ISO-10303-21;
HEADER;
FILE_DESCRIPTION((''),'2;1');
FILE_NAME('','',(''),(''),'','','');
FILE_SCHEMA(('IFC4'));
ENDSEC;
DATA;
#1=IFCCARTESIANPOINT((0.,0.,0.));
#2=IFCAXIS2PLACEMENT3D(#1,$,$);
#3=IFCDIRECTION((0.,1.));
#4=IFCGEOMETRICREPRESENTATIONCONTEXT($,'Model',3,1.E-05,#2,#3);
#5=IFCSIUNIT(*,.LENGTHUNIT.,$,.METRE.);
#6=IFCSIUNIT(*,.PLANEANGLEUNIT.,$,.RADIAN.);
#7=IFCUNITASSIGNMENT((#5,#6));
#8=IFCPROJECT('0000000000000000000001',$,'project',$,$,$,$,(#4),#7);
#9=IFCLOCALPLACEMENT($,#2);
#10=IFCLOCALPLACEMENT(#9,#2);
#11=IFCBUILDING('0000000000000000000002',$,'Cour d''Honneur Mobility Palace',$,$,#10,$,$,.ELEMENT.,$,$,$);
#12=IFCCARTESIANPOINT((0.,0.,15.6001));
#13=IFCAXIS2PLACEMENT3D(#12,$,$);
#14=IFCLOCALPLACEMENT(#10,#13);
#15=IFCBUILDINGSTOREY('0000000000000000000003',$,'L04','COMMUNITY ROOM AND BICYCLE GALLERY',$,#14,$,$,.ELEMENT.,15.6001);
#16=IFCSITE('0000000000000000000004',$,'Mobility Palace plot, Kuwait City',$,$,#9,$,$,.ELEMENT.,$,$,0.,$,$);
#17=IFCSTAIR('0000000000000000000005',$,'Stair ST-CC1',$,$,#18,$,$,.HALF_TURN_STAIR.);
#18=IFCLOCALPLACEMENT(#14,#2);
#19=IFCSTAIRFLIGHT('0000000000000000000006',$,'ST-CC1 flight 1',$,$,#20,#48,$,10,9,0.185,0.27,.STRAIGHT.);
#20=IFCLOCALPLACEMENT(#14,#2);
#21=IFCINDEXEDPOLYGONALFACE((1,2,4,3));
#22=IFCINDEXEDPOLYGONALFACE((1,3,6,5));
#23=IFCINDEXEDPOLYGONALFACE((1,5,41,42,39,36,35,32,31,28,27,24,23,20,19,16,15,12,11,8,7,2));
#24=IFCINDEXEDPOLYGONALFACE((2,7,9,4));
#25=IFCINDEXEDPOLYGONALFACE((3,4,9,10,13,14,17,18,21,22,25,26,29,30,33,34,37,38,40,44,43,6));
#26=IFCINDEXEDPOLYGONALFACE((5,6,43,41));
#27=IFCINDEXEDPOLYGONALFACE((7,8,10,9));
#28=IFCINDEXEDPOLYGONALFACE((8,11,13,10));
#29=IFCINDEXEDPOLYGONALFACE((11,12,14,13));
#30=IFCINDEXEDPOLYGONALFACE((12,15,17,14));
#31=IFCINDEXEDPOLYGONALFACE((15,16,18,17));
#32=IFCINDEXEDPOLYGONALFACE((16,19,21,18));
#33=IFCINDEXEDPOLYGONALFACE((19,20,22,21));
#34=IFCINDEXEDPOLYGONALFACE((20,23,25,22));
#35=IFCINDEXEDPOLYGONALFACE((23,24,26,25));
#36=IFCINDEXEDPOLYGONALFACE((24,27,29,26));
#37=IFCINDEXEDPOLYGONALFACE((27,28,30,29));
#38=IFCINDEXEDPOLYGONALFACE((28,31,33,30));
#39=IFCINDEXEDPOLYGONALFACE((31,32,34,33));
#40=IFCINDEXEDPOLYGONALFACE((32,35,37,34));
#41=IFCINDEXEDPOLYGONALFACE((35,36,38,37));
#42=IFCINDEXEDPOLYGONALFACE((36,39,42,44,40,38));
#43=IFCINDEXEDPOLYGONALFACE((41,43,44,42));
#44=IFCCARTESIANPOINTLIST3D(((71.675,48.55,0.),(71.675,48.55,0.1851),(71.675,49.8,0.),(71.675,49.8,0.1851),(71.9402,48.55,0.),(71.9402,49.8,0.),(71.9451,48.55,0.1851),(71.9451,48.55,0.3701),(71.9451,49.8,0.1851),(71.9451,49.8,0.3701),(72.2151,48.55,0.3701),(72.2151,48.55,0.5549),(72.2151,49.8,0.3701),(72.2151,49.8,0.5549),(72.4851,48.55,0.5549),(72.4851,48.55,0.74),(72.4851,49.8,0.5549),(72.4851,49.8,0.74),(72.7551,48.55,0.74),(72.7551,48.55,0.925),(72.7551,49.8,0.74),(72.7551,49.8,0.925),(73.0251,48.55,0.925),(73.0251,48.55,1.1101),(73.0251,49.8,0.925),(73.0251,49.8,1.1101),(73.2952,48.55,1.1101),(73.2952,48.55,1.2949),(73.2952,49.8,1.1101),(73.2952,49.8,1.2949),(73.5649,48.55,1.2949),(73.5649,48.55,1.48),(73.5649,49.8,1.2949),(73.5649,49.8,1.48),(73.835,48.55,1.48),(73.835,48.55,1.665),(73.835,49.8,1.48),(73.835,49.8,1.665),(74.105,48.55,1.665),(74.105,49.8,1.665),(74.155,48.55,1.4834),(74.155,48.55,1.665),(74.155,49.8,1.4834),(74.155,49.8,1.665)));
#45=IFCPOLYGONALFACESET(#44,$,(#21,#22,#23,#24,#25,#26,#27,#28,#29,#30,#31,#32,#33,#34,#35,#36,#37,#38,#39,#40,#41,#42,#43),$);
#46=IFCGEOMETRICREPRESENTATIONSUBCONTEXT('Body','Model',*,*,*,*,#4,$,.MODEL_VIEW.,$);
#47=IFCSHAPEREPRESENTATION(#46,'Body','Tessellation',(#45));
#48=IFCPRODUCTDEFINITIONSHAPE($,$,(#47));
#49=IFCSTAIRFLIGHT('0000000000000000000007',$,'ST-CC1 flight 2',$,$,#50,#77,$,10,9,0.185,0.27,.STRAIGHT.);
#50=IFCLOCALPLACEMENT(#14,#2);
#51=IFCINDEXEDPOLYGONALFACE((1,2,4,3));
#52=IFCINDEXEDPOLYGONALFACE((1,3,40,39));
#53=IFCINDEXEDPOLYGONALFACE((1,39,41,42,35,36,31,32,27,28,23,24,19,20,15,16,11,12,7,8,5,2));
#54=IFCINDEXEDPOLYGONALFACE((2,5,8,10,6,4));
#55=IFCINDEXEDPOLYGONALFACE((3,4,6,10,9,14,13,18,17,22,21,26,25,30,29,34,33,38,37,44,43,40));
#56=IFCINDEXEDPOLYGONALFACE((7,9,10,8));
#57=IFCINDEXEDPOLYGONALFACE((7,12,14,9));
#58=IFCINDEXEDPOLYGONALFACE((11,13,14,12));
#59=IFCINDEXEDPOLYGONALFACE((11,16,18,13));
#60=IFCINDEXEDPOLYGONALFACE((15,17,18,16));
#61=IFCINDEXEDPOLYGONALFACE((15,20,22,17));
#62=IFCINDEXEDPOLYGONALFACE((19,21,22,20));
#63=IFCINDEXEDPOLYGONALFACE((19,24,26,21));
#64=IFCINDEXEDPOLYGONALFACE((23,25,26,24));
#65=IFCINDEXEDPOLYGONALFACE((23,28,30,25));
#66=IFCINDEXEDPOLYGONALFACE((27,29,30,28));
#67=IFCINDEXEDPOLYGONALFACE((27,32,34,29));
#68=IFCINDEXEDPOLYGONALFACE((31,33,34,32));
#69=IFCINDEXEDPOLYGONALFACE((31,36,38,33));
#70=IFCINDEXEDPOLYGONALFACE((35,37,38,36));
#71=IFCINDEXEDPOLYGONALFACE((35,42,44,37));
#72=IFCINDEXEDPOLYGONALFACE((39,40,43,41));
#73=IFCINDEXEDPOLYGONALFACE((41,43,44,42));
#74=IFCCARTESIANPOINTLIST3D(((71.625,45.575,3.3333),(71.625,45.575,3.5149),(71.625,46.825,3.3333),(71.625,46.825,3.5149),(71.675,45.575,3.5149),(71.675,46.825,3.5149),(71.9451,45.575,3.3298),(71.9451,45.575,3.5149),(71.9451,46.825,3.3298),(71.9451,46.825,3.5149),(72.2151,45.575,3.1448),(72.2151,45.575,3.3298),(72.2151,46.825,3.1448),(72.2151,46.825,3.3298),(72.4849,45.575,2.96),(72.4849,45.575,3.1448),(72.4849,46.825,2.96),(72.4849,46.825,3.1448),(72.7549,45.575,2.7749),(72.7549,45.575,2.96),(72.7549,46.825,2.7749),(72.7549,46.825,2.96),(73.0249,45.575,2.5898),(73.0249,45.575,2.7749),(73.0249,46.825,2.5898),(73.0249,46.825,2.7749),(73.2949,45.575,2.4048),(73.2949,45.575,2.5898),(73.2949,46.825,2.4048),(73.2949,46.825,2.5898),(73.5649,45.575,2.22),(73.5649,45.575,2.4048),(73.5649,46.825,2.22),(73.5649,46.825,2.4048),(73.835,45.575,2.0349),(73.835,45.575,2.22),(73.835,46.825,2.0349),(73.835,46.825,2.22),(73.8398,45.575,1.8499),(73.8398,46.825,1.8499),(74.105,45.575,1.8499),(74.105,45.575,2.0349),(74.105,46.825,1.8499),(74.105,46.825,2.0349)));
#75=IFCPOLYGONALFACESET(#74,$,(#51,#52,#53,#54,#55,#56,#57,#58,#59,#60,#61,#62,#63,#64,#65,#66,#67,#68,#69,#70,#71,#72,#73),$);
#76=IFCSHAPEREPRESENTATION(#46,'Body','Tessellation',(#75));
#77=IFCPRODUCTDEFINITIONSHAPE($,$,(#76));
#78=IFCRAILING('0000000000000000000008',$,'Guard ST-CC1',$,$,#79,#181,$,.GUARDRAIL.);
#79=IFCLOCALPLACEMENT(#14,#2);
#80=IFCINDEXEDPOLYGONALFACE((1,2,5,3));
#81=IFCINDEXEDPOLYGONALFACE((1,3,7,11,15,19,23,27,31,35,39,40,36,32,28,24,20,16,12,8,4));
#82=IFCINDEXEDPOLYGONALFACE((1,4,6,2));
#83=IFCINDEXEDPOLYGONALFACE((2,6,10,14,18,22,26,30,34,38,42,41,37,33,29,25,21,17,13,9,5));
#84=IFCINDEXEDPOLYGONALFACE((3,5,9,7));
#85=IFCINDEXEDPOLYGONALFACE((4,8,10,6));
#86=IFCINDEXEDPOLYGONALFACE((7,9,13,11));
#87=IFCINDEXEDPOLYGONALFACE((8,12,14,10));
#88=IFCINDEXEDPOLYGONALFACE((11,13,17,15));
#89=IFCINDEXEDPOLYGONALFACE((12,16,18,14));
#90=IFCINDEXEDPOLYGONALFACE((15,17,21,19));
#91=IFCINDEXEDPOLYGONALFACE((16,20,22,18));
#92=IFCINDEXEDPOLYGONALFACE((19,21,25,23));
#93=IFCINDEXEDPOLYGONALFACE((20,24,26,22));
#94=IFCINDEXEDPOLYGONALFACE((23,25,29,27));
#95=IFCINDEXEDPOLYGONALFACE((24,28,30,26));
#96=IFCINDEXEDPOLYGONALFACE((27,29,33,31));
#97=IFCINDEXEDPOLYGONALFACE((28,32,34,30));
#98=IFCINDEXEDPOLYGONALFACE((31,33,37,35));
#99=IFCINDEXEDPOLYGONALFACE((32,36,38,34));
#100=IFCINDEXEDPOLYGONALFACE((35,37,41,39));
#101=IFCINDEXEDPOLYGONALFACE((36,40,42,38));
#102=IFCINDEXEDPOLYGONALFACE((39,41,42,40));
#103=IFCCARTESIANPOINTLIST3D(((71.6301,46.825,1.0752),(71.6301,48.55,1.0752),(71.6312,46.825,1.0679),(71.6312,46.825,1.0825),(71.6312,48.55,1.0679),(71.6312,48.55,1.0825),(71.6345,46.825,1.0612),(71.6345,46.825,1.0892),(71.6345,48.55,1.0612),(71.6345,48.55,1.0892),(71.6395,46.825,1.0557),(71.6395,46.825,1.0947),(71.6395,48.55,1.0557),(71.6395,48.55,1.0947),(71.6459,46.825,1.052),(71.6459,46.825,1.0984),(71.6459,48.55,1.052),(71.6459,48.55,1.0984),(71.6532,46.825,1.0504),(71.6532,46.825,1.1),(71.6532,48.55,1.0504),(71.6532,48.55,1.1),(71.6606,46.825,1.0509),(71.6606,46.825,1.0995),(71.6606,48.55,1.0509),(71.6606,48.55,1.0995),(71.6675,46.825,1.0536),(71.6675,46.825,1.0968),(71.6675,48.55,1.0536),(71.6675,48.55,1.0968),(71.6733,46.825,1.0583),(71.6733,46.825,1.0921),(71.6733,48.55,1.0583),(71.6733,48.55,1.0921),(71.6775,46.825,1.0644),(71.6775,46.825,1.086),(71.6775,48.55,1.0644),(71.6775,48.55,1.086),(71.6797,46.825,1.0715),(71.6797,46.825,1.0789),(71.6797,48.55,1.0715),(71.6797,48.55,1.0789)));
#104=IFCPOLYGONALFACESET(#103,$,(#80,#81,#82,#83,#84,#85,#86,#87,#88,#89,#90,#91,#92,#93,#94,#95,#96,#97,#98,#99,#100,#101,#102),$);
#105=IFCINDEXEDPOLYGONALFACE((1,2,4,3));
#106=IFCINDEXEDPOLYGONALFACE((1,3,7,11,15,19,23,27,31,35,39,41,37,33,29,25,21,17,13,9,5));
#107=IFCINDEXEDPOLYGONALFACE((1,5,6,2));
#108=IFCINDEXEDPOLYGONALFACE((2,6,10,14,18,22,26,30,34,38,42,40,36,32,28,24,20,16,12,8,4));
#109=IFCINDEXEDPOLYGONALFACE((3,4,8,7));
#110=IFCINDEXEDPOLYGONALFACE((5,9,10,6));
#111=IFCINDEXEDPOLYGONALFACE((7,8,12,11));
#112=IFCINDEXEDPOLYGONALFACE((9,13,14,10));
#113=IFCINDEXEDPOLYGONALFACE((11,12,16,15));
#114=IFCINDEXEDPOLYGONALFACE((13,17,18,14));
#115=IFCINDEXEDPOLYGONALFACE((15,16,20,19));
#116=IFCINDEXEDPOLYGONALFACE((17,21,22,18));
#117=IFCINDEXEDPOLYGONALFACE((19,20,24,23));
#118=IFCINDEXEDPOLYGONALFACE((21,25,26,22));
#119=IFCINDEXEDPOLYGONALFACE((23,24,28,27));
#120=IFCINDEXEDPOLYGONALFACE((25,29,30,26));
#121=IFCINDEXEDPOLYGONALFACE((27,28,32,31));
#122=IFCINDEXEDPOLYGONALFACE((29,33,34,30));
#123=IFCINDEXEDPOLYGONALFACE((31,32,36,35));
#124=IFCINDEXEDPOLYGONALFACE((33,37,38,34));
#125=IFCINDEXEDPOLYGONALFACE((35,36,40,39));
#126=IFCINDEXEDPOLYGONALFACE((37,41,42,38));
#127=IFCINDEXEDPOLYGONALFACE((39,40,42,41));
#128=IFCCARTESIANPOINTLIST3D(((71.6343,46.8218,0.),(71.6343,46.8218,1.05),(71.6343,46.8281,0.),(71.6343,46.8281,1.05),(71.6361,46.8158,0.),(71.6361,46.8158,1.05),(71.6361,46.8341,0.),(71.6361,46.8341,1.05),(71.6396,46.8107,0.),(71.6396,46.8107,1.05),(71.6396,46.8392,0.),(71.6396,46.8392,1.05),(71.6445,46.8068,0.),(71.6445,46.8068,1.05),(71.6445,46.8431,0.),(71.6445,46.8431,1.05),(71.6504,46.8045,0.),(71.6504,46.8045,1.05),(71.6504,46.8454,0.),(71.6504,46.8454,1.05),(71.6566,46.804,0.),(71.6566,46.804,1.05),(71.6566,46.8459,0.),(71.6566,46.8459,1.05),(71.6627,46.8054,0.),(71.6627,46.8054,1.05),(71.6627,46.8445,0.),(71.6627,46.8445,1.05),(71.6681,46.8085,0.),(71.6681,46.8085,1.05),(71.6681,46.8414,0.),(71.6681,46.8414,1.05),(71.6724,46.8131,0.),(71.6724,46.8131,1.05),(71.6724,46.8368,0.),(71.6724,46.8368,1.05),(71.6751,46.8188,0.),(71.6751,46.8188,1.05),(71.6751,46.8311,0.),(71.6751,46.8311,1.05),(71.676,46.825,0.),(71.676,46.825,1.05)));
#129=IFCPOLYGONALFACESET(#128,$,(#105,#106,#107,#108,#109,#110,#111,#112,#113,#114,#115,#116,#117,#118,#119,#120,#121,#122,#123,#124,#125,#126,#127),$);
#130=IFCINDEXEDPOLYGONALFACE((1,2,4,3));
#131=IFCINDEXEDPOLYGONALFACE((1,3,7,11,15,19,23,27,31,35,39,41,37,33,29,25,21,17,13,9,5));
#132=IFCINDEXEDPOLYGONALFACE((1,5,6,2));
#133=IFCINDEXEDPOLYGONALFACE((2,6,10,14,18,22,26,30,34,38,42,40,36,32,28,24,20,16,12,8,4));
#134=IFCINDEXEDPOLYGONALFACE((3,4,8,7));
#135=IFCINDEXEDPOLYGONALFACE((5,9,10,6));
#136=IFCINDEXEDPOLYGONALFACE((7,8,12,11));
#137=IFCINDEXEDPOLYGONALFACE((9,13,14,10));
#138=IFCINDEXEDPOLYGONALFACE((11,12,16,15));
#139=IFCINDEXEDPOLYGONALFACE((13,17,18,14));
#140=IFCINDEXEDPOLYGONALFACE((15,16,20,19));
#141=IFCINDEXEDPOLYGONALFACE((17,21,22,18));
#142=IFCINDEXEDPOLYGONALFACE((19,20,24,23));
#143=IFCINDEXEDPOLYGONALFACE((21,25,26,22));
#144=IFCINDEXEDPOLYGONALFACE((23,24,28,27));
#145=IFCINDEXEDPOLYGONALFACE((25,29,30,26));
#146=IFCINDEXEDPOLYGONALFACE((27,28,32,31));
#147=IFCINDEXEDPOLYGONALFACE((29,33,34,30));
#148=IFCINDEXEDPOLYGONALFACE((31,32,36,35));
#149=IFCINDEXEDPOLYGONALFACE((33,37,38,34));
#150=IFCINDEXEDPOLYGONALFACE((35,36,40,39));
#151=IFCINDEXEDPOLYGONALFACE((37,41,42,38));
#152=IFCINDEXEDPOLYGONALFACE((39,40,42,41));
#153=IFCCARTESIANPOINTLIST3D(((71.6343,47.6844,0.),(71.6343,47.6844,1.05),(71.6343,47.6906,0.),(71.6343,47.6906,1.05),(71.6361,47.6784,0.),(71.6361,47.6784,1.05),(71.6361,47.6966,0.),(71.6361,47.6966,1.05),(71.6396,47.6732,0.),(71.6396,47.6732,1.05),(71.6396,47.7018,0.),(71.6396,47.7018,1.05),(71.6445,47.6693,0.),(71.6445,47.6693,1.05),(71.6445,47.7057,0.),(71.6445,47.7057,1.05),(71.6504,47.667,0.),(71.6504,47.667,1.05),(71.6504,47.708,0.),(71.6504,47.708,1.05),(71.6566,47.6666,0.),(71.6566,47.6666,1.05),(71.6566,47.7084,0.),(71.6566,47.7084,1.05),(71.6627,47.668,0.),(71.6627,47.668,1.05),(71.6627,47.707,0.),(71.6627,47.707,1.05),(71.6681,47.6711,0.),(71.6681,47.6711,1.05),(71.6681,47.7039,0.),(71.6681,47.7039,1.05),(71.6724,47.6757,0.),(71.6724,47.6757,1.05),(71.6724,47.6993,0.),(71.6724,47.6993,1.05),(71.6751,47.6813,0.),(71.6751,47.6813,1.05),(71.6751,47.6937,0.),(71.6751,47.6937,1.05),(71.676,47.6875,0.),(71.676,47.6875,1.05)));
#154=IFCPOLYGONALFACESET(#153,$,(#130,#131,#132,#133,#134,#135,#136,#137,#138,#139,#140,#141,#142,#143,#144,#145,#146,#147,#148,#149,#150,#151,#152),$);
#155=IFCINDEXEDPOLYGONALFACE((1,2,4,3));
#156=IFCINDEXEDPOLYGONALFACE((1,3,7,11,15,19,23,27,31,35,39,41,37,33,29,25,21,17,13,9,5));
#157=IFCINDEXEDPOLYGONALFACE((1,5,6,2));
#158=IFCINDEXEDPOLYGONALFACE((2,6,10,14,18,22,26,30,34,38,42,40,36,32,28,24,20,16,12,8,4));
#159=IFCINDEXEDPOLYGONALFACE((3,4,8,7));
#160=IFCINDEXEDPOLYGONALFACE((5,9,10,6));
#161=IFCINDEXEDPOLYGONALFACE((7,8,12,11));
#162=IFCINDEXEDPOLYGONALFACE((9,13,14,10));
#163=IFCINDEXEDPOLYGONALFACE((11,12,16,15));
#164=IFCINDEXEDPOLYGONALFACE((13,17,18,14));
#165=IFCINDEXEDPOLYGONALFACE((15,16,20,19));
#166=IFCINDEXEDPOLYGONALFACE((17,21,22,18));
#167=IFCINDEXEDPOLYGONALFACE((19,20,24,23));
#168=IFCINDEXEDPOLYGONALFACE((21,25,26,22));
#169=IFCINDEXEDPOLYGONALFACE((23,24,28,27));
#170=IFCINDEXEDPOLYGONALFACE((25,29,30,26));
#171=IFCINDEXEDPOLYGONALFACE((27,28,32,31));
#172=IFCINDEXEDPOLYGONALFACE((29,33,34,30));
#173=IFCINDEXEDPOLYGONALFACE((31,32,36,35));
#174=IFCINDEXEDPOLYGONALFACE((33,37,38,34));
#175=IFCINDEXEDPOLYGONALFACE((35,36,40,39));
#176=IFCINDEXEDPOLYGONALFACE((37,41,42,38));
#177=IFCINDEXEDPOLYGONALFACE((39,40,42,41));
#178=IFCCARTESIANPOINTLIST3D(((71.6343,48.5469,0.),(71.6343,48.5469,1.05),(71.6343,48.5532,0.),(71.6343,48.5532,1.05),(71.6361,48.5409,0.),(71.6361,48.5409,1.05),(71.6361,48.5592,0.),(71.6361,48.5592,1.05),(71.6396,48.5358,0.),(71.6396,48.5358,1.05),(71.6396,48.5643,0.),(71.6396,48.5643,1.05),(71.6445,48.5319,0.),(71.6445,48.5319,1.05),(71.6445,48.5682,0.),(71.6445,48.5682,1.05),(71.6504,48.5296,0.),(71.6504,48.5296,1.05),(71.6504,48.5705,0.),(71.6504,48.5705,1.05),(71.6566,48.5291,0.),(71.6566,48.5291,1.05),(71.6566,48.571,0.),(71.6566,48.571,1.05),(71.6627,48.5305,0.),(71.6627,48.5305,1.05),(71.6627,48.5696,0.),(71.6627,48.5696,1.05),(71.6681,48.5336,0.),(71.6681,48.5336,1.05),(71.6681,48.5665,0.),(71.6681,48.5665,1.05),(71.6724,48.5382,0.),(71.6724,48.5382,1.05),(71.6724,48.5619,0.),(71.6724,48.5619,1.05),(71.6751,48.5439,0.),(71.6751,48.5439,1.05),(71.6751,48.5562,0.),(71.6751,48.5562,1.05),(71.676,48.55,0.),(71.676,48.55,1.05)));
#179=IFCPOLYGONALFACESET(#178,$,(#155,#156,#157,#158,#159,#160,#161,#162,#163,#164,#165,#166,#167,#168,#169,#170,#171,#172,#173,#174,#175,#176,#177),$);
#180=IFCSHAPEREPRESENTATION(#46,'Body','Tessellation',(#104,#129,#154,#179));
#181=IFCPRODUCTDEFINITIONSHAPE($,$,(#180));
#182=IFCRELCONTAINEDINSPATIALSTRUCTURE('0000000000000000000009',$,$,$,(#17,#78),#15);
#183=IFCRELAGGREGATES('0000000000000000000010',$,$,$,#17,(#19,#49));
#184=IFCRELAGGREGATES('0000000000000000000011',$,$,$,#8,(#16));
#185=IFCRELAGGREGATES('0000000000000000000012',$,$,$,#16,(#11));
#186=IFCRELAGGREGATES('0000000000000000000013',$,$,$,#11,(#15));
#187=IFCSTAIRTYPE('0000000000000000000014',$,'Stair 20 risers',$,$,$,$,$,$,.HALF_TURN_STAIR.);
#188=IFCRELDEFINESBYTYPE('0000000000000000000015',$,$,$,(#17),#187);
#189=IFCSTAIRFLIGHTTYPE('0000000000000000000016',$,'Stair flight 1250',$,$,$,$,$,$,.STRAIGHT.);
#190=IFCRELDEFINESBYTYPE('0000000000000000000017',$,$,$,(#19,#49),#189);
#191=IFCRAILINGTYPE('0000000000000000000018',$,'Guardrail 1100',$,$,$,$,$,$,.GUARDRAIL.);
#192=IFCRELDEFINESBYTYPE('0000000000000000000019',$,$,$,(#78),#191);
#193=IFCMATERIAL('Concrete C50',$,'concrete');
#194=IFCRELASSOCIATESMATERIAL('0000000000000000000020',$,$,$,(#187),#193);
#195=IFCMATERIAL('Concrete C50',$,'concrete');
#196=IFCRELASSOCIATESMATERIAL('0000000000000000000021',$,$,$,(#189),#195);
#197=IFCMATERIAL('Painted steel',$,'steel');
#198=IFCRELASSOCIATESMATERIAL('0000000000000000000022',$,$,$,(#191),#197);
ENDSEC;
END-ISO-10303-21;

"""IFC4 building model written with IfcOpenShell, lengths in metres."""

from ifc_helpers import new_model, si_unit, direction, frame, origin, origin_2d, place, context, subcontext, project, spatial, polyline, circle, outline, extrude, material, type_object, element, aggregate, save


model = new_model("IFC4")

# Units and contexts
model_context = context("Model", 3, precision=1e-05, world=origin(), true_north=direction((0.0, 1.0)))
body_context = subcontext(model_context, "Body", "Model", "MODEL_VIEW")
ifc_project = project(units=[si_unit("LENGTHUNIT", "METRE"), si_unit("PLANEANGLEUNIT", "RADIAN")], contexts=[model_context])

# Site, building, storey
site_placement = place(None, origin())
site = spatial("IfcSite", under=ifc_project, at=site_placement, Name="Mobility Palace plot, Kuwait City", CompositionType="ELEMENT", RefElevation=0.0)
building_placement = place(site_placement, origin())
building = spatial("IfcBuilding", under=site, at=building_placement, Name="Cour d'Honneur Mobility Palace", CompositionType="ELEMENT")
storey_placement = place(building_placement, frame((0.0, 0.0, 15.6001)))
storey = spatial("IfcBuildingStorey", under=building, at=storey_placement, Name="L04", Description="COMMUNITY ROOM AND BICYCLE GALLERY", CompositionType="ELEMENT", Elevation=15.6001)

# Stair, stair flights
ifc_material_1 = material(Name="Concrete C50", Category="concrete")
stair_type = type_object("IfcStairType", Name="Stair 20 risers", PredefinedType="HALF_TURN_STAIR", material=ifc_material_1)
stair_placement = place(storey_placement, origin())
stair = element("IfcStair", 1, at=stair_placement, inside=storey, type_object=stair_type, Name="Stair ST-CC1", PredefinedType="HALF_TURN_STAIR")
ifc_material_2 = material(Name="Concrete C50", Category="concrete")
stair_flight_type = type_object("IfcStairFlightType", Name="Stair flight 1250", PredefinedType="STRAIGHT", material=ifc_material_2)
stair_flight_1_placement = place(storey_placement, frame((71.675, 49.175, 0.0), z_axis=(0.0, 0.0, 1.0), x_axis=(1.0, 0.0, 0.0)))
stair_flight_1 = element("IfcStairFlight", 2, at=stair_flight_1_placement, type_object=stair_flight_type, Name="ST-CC1 flight 1", NumberOfRisers=10, NumberOfTreads=9, PredefinedType="STRAIGHT", RiserHeight=0.185, TreadLength=0.27, context=body_context, shape_type="SweptSolid", body=[
    extrude(outline(polyline([(0.0, 0.0), (0.0, 0.1851), (0.27, 0.1851), (0.27, 0.3701), (0.54, 0.3701), (0.54, 0.5549), (0.8101, 0.5549), (0.8101, 0.74), (1.0801, 0.74), (1.0801, 0.925), (1.3501, 0.925), (1.3501, 1.1101), (1.6201, 1.1101), (1.6201, 1.2949), (1.8899, 1.2949), (1.8899, 1.48), (2.1599, 1.48), (2.1599, 1.665), (2.4299, 1.665), (2.48, 1.665), (2.48, 1.4834), (0.2651, 0.0), (0.0, 0.0)])), frame((0.0, 0.625, 0.0), z_axis=(0.0, -1.0, 0.0), x_axis=(1.0, 0.0, 0.0)), (0.0, 0.0, 1.0), 1.25),
])
stair_flight_2_placement = place(storey_placement, frame((74.105, 46.2, 1.8499), z_axis=(0.0, 0.0, 1.0), x_axis=(-1.0, 0.0, 0.0)))
stair_flight_2 = element("IfcStairFlight", 3, at=stair_flight_2_placement, type_object=stair_flight_type, Name="ST-CC1 flight 2", NumberOfRisers=10, NumberOfTreads=9, PredefinedType="STRAIGHT", RiserHeight=0.185, TreadLength=0.27, context=body_context, shape_type="SweptSolid", body=[
    extrude(outline(polyline([(0.0, 0.0), (0.0, 0.1851), (0.27, 0.1851), (0.27, 0.3701), (0.54, 0.3701), (0.54, 0.5549), (0.8101, 0.5549), (0.8101, 0.74), (1.0801, 0.74), (1.0801, 0.925), (1.3501, 0.925), (1.3501, 1.1101), (1.6201, 1.1101), (1.6201, 1.2949), (1.8899, 1.2949), (1.8899, 1.48), (2.1599, 1.48), (2.1599, 1.665), (2.4299, 1.665), (2.48, 1.665), (2.48, 1.4834), (0.2651, 0.0), (0.0, 0.0)])), frame((0.0, 0.625, 0.0), z_axis=(0.0, -1.0, 0.0), x_axis=(1.0, 0.0, 0.0)), (0.0, 0.0, 1.0), 1.25),
])
aggregate(stair, [stair_flight_1, stair_flight_2])

# Railing
ifc_material_3 = material(Name="Painted steel", Category="steel")
railing_type_1 = type_object("IfcRailingType", Name="Guardrail 1100", PredefinedType="GUARDRAIL", material=ifc_material_3)
for number, where, name in (
    (4, (71.655, 46.825, 0.0), "Guard ST-CC1"),
):
    element("IfcRailing", number, at=place(storey_placement, frame(where)), inside=storey, type_object=railing_type_1, Name=name, PredefinedType="GUARDRAIL", context=body_context, shape_type="SweptSolid", body=[
        extrude(circle(Radius=0.0249, at=origin_2d()), frame((0.0, 0.0, 1.0752), z_axis=(0.0, 1.0, 0.0), x_axis=(-1.0, 0.0, 0.0)), (0.0, 0.0, 1.0), 1.7251),
        extrude(circle(Radius=0.021, at=origin_2d()), origin(), (0.0, 0.0, 1.0), 1.05),
        extrude(circle(Radius=0.021, at=origin_2d()), frame((0.0, 0.8625, 0.0)), (0.0, 0.0, 1.0), 1.05),
        extrude(circle(Radius=0.021, at=origin_2d()), frame((0.0, 1.7251, 0.0)), (0.0, 0.0, 1.0), 1.05),
    ])

save(model, "model.ifc")
